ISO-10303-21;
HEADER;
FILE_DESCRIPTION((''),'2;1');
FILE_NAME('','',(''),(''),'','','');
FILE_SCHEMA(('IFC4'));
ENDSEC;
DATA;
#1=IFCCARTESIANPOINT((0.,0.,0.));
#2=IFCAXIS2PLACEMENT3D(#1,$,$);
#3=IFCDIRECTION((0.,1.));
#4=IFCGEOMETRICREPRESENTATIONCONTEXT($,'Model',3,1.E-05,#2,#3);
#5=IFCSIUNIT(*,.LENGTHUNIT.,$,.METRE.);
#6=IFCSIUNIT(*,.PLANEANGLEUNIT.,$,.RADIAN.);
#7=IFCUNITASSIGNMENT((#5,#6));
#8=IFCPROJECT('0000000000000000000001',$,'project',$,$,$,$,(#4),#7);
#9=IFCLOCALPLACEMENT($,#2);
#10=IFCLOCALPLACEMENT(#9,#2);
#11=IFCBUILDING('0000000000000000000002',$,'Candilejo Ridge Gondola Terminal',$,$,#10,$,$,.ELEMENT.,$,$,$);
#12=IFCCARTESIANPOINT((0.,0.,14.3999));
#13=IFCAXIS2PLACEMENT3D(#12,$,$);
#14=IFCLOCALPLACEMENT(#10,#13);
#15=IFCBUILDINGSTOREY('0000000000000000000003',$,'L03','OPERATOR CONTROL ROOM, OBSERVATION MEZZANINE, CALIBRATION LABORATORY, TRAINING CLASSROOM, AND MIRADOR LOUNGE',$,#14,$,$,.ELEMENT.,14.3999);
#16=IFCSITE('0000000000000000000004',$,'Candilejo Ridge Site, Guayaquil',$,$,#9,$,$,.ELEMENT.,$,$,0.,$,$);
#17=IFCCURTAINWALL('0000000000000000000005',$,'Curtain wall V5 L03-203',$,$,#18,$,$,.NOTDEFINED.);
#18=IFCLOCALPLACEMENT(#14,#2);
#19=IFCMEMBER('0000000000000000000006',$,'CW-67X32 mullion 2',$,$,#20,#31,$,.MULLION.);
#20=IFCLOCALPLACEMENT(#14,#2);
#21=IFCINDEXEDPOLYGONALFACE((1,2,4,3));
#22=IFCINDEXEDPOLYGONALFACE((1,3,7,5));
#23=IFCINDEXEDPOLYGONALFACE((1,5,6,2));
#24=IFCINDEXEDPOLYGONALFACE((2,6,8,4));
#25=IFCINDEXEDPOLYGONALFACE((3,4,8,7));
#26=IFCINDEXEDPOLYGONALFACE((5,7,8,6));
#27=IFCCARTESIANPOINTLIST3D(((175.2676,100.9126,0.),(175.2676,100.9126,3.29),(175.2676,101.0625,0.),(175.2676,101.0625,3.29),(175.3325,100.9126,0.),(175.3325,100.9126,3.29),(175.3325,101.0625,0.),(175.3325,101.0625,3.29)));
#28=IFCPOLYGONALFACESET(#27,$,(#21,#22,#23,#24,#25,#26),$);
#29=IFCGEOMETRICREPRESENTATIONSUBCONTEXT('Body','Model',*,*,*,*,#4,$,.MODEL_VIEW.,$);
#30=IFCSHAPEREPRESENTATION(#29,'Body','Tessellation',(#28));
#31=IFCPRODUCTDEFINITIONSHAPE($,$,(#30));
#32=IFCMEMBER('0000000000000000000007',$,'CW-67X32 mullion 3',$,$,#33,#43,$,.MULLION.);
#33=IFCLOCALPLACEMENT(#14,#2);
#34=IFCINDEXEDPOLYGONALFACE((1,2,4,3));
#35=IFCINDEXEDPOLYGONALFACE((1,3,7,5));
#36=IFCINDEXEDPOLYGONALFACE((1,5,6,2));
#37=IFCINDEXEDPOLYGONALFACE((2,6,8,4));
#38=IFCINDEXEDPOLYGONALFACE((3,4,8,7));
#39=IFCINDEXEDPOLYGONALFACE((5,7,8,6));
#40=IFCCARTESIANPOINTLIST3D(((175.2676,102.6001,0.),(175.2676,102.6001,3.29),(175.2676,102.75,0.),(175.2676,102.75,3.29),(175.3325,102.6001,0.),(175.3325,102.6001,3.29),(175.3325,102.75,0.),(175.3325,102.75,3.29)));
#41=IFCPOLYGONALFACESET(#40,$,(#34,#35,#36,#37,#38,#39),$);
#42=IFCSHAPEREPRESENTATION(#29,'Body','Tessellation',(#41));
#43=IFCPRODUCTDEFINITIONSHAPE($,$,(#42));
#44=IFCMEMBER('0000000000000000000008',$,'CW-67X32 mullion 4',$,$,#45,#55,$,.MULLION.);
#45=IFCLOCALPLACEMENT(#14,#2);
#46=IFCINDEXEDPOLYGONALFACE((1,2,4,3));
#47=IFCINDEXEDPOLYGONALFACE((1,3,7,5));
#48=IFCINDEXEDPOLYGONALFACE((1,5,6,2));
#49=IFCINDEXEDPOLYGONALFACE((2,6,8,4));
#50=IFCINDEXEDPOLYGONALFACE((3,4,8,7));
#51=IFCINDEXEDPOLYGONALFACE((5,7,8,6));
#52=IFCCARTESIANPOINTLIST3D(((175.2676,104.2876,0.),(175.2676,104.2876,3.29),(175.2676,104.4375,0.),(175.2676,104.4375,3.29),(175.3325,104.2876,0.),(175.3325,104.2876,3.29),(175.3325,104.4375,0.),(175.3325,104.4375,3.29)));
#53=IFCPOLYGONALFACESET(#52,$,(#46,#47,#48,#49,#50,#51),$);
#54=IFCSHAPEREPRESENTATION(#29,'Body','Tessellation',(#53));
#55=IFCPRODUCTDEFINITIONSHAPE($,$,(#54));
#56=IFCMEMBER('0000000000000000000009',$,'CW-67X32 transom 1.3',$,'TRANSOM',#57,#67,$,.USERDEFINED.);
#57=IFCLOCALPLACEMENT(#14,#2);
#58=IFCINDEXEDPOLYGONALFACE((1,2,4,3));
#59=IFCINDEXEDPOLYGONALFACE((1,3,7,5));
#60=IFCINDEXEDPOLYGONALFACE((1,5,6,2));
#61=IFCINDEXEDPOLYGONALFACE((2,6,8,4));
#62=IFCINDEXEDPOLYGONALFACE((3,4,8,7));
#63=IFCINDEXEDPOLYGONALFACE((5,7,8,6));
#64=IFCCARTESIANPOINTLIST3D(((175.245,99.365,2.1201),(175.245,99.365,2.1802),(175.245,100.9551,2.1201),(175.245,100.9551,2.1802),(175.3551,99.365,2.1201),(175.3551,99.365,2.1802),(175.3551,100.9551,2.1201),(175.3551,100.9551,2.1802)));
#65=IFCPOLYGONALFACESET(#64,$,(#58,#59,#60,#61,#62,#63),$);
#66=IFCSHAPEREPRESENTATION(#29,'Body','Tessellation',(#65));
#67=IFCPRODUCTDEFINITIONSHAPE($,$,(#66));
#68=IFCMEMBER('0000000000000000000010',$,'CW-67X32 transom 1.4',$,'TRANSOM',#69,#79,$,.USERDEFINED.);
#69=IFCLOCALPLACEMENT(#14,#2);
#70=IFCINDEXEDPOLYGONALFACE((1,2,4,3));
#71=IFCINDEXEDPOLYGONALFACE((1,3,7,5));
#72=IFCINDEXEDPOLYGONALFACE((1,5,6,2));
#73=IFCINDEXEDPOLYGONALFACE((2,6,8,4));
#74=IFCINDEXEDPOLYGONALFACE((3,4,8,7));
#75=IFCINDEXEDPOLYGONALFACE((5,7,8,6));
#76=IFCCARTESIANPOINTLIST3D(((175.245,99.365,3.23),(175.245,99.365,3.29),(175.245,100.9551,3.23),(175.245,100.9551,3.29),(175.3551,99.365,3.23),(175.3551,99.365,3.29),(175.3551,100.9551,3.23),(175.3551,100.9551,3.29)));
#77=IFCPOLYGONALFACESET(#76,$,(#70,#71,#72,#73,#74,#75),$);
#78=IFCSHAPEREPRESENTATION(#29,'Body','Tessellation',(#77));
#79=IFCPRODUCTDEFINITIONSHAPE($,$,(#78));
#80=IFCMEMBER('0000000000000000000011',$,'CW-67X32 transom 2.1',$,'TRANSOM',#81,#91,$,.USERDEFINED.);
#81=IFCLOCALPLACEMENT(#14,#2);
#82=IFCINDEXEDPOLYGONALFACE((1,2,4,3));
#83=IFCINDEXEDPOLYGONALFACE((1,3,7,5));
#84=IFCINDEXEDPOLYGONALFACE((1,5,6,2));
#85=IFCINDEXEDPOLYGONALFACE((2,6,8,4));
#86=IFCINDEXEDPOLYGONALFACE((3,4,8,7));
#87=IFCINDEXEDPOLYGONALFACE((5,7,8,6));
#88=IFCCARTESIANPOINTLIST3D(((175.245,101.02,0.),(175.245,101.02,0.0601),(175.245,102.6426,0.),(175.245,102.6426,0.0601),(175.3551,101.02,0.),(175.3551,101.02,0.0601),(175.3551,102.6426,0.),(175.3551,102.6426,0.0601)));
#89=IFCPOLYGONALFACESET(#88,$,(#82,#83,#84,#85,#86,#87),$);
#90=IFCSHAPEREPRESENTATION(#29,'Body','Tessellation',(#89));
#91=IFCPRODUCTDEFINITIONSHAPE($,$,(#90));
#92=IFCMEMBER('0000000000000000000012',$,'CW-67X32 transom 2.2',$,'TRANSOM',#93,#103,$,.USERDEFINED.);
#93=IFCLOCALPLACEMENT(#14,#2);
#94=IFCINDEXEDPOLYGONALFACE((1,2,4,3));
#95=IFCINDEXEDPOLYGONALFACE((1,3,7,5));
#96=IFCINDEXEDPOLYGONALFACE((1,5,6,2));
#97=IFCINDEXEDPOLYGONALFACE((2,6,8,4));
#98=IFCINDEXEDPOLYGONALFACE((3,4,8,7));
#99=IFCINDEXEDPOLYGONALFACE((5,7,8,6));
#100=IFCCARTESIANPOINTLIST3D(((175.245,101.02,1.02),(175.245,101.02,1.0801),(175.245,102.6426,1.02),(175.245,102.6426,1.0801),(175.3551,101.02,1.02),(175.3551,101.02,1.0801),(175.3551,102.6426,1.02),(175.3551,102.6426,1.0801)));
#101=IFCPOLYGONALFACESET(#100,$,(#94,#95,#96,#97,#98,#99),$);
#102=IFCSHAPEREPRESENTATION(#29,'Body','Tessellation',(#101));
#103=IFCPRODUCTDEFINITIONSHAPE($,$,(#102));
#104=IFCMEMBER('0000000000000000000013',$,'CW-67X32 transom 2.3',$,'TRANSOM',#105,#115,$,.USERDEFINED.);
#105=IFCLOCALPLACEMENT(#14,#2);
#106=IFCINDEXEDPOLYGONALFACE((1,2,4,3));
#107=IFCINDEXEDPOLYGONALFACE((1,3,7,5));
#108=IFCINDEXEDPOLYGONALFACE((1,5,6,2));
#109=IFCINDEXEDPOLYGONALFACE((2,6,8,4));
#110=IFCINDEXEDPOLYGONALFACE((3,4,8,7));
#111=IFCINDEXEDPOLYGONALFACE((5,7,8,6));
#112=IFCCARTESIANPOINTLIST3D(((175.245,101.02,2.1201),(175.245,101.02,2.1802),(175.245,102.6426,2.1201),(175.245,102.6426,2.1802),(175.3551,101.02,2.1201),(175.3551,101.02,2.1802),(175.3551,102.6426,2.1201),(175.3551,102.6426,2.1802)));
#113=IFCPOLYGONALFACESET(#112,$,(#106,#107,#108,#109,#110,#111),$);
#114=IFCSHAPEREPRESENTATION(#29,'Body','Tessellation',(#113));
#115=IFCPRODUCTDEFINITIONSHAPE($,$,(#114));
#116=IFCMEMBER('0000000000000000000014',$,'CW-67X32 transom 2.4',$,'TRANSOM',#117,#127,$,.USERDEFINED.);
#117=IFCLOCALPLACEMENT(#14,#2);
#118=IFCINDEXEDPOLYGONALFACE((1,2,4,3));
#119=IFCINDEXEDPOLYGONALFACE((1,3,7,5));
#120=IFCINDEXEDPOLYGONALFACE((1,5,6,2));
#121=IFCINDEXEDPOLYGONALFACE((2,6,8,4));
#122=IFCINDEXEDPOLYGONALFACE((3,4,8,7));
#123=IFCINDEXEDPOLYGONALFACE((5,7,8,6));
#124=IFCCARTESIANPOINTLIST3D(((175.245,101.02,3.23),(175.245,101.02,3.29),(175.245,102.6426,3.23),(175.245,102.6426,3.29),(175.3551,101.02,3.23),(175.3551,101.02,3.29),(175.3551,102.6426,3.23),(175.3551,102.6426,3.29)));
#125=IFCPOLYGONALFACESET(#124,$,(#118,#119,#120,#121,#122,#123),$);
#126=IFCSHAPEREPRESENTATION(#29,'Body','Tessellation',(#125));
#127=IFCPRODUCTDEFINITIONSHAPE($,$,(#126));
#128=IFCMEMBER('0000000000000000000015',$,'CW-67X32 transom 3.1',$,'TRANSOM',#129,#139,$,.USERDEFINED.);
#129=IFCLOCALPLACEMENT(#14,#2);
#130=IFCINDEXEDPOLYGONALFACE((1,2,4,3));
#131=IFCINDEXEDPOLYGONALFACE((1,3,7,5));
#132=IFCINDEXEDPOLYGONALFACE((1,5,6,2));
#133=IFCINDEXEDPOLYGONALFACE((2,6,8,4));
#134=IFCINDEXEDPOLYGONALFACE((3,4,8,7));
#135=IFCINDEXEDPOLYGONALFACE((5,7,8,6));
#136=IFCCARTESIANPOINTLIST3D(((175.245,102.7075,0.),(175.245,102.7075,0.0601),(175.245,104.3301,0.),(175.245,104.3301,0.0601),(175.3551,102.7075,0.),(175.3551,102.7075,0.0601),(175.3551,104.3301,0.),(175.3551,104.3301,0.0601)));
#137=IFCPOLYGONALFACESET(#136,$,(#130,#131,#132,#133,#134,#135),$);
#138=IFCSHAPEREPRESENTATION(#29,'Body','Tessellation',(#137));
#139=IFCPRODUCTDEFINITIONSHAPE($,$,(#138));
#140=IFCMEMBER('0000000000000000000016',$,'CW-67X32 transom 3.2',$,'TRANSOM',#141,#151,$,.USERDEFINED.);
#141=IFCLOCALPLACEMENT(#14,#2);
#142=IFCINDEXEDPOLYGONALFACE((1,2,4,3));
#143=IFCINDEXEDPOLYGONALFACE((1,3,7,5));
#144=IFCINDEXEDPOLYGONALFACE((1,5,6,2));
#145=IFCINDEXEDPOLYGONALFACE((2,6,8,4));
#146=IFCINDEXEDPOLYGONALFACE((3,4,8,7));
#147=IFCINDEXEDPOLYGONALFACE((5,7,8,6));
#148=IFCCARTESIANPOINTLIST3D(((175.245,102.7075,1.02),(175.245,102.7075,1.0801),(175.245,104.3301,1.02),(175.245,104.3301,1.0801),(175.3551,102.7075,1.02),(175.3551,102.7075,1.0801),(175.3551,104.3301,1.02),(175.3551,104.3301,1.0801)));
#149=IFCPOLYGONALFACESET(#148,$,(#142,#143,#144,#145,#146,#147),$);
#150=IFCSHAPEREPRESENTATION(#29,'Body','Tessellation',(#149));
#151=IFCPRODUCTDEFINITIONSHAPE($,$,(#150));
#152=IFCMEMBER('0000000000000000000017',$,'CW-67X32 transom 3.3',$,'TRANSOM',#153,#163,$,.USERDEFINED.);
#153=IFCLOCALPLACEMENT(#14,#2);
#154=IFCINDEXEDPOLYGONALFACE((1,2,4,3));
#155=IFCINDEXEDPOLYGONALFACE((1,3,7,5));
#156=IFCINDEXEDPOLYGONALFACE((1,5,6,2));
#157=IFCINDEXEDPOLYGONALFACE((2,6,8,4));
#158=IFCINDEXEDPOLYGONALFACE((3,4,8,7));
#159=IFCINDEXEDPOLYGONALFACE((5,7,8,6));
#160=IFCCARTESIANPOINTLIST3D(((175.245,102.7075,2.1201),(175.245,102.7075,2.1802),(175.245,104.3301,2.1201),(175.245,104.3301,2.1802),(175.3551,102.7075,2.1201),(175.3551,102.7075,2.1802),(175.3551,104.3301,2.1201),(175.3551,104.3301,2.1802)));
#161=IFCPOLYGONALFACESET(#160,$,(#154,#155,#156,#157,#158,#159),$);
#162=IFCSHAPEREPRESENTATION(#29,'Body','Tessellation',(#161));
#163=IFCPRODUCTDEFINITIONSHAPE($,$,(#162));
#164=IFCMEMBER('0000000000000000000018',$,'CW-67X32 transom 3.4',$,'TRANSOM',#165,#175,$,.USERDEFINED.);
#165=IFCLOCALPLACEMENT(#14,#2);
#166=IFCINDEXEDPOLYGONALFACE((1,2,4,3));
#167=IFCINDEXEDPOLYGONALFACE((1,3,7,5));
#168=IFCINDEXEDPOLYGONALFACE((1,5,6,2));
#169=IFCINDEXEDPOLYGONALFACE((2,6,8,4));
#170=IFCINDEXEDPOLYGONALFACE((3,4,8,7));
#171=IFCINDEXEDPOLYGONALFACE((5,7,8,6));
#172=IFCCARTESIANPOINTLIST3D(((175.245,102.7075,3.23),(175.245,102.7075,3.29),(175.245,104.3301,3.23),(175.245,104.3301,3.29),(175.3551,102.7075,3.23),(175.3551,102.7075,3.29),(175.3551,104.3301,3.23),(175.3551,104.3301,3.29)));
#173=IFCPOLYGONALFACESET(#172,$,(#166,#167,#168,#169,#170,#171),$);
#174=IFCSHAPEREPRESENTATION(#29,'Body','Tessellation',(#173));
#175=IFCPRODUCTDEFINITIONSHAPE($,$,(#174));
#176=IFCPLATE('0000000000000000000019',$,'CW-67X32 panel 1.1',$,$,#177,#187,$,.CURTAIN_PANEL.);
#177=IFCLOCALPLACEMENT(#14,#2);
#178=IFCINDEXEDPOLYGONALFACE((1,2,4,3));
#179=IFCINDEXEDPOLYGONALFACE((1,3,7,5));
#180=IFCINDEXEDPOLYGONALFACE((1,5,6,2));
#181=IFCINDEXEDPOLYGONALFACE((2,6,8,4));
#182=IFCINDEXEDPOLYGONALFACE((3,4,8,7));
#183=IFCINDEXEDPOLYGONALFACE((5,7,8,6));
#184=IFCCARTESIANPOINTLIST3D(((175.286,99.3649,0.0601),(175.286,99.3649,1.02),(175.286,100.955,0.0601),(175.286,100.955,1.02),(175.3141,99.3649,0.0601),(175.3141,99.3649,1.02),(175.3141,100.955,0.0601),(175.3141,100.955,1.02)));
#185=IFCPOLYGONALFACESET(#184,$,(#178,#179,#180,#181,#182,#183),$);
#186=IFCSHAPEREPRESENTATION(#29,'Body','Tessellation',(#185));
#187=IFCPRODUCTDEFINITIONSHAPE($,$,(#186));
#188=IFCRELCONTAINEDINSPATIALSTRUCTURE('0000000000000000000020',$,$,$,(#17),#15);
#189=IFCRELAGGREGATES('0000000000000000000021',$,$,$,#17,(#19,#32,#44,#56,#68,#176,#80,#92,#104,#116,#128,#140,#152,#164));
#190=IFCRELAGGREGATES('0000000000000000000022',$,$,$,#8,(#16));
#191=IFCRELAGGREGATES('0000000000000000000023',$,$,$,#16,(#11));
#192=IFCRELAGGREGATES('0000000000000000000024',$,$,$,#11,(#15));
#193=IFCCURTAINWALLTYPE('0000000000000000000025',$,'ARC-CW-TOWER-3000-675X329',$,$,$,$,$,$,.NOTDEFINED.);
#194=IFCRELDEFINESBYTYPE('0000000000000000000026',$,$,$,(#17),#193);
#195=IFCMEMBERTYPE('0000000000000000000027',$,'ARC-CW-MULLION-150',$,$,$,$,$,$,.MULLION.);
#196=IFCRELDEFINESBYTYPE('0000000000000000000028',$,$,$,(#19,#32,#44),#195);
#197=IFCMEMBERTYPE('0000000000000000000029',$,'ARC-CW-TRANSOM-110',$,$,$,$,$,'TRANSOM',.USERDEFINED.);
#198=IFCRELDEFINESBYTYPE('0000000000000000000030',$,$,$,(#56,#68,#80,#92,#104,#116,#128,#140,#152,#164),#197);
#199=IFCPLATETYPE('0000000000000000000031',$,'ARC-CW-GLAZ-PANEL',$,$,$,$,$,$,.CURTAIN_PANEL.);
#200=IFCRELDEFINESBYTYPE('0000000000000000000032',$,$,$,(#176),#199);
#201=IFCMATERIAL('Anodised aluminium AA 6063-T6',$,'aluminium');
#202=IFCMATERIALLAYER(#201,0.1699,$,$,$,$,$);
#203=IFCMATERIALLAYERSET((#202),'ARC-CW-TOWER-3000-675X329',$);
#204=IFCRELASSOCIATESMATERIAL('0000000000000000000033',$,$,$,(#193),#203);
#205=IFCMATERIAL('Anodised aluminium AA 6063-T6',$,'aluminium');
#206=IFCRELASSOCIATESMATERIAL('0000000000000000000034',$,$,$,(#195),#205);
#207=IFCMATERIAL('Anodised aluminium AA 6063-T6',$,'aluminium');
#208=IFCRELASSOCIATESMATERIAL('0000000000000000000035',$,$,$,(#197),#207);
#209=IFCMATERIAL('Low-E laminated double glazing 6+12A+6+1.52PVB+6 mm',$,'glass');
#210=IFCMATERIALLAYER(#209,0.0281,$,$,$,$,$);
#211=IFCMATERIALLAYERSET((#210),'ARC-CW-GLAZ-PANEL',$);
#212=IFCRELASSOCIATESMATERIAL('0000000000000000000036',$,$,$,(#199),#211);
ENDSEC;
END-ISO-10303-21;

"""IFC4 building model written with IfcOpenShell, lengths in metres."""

from ifc_helpers import new_model, si_unit, direction, frame, origin, origin_2d, place, context, subcontext, project, spatial, rectangle, extrude, material, layer, layer_set, material_profile, profile_set, type_object, element, aggregate, save


model = new_model("IFC4")

# Units and contexts
model_context = context("Model", 3, precision=1e-05, world=origin(), true_north=direction((0.0, 1.0)))
body_context = subcontext(model_context, "Body", "Model", "MODEL_VIEW")
ifc_project = project(units=[si_unit("LENGTHUNIT", "METRE"), si_unit("PLANEANGLEUNIT", "RADIAN")], contexts=[model_context])

# Site, building, storey
site_placement = place(None, origin())
site = spatial("IfcSite", under=ifc_project, at=site_placement, Name="Candilejo Ridge Site, Guayaquil", CompositionType="ELEMENT", RefElevation=0.0)
building_placement = place(site_placement, origin())
building = spatial("IfcBuilding", under=site, at=building_placement, Name="Candilejo Ridge Gondola Terminal", CompositionType="ELEMENT")
storey_placement = place(building_placement, frame((0.0, 0.0, 14.3999)))
storey = spatial("IfcBuildingStorey", under=building, at=storey_placement, Name="L03", Description="OPERATOR CONTROL ROOM, OBSERVATION MEZZANINE, CALIBRATION LABORATORY, TRAINING CLASSROOM, AND MIRADOR LOUNGE", CompositionType="ELEMENT", Elevation=14.3999)

# Curtain wall, members, plate
ifc_material_1 = material(Name="Anodised aluminium AA 6063-T6", Category="aluminium")
ifc_layer_1 = layer(ifc_material_1, 0.1699)
ifc_layer_set_1 = layer_set([ifc_layer_1], Name="ARC-CW-TOWER-3000-675X329")
curtain_wall_type = type_object("IfcCurtainWallType", Name="ARC-CW-TOWER-3000-675X329", PredefinedType="NOTDEFINED", material=ifc_layer_set_1)
curtain_wall_placement = place(storey_placement, origin())
curtain_wall = element("IfcCurtainWall", 1, at=curtain_wall_placement, inside=storey, type_object=curtain_wall_type, Name="Curtain wall V5 L03-203", PredefinedType="NOTDEFINED")
ifc_material_2 = material(Name="Anodised aluminium AA 6063-T6", Category="aluminium")
ifc_material_profile_1 = material_profile(ifc_material_2, rectangle(XDim=0.0649, YDim=0.1499, at=origin_2d()))
ifc_profile_set_1 = profile_set([ifc_material_profile_1], Name="Anodised aluminium AA 6063-T6")
member_type_1 = type_object("IfcMemberType", Name="ARC-CW-MULLION-150", PredefinedType="MULLION", material=ifc_profile_set_1)
member_1_placement = place(storey_placement, frame((175.3, 100.9875, 0.0), z_axis=(0.0, 0.0, 1.0), x_axis=(-1.0, 0.0, 0.0)))
member_1 = element("IfcMember", 2, at=member_1_placement, type_object=member_type_1, Name="CW-67X32 mullion 2", PredefinedType="MULLION", context=body_context, shape_type="SweptSolid", body=[
    extrude(rectangle(XDim=0.0649, YDim=0.1499, at=origin_2d()), origin(), (0.0, 0.0, 1.0), 3.29),
])
member_2_placement = place(storey_placement, frame((175.3, 102.675, 0.0), z_axis=(0.0, 0.0, 1.0), x_axis=(-1.0, 0.0, 0.0)))
member_2 = element("IfcMember", 3, at=member_2_placement, type_object=member_type_1, Name="CW-67X32 mullion 3", PredefinedType="MULLION", context=body_context, shape_type="SweptSolid", body=[
    extrude(rectangle(XDim=0.0649, YDim=0.1499, at=origin_2d()), origin(), (0.0, 0.0, 1.0), 3.29),
])
member_3_placement = place(storey_placement, frame((175.3, 104.3625, 0.0), z_axis=(0.0, 0.0, 1.0), x_axis=(-1.0, 0.0, 0.0)))
member_3 = element("IfcMember", 4, at=member_3_placement, type_object=member_type_1, Name="CW-67X32 mullion 4", PredefinedType="MULLION", context=body_context, shape_type="SweptSolid", body=[
    extrude(rectangle(XDim=0.0649, YDim=0.1499, at=origin_2d()), origin(), (0.0, 0.0, 1.0), 3.29),
])
ifc_material_3 = material(Name="Anodised aluminium AA 6063-T6", Category="aluminium")
ifc_material_profile_2 = material_profile(ifc_material_3, rectangle(XDim=0.1101, YDim=0.0601, at=origin_2d()))
ifc_profile_set_2 = profile_set([ifc_material_profile_2], Name="Anodised aluminium AA 6063-T6")
member_type_2 = type_object("IfcMemberType", Name="ARC-CW-TRANSOM-110", ElementType="TRANSOM", PredefinedType="USERDEFINED", material=ifc_profile_set_2)
member_4_placement = place(storey_placement, frame((175.3, 99.365, 2.1501), z_axis=(0.0, 1.0, 0.0), x_axis=(-1.0, 0.0, 0.0)))
member_4 = element("IfcMember", 5, at=member_4_placement, type_object=member_type_2, Name="CW-67X32 transom 1.3", ObjectType="TRANSOM", PredefinedType="USERDEFINED", context=body_context, shape_type="SweptSolid", body=[
    extrude(rectangle(XDim=0.1101, YDim=0.0601, at=origin_2d()), origin(), (0.0, 0.0, 1.0), 1.5901),
])
member_5_placement = place(storey_placement, frame((175.3, 99.365, 3.26), z_axis=(0.0, 1.0, 0.0), x_axis=(-1.0, 0.0, 0.0)))
member_5 = element("IfcMember", 6, at=member_5_placement, type_object=member_type_2, Name="CW-67X32 transom 1.4", ObjectType="TRANSOM", PredefinedType="USERDEFINED", context=body_context, shape_type="SweptSolid", body=[
    extrude(rectangle(XDim=0.1101, YDim=0.0601, at=origin_2d()), origin(), (0.0, 0.0, 1.0), 1.5901),
])
member_6_placement = place(storey_placement, frame((175.3, 101.02, 0.03), z_axis=(0.0, 1.0, 0.0), x_axis=(-1.0, 0.0, 0.0)))
member_6 = element("IfcMember", 7, at=member_6_placement, type_object=member_type_2, Name="CW-67X32 transom 2.1", ObjectType="TRANSOM", PredefinedType="USERDEFINED", context=body_context, shape_type="SweptSolid", body=[
    extrude(rectangle(XDim=0.1101, YDim=0.0601, at=origin_2d()), origin(), (0.0, 0.0, 1.0), 1.6226),
])
member_7_placement = place(storey_placement, frame((175.3, 101.02, 1.05), z_axis=(0.0, 1.0, 0.0), x_axis=(-1.0, 0.0, 0.0)))
member_7 = element("IfcMember", 8, at=member_7_placement, type_object=member_type_2, Name="CW-67X32 transom 2.2", ObjectType="TRANSOM", PredefinedType="USERDEFINED", context=body_context, shape_type="SweptSolid", body=[
    extrude(rectangle(XDim=0.1101, YDim=0.0601, at=origin_2d()), origin(), (0.0, 0.0, 1.0), 1.6226),
])
member_8_placement = place(storey_placement, frame((175.3, 101.02, 2.1501), z_axis=(0.0, 1.0, 0.0), x_axis=(-1.0, 0.0, 0.0)))
member_8 = element("IfcMember", 9, at=member_8_placement, type_object=member_type_2, Name="CW-67X32 transom 2.3", ObjectType="TRANSOM", PredefinedType="USERDEFINED", context=body_context, shape_type="SweptSolid", body=[
    extrude(rectangle(XDim=0.1101, YDim=0.0601, at=origin_2d()), origin(), (0.0, 0.0, 1.0), 1.6226),
])
member_9_placement = place(storey_placement, frame((175.3, 101.02, 3.26), z_axis=(0.0, 1.0, 0.0), x_axis=(-1.0, 0.0, 0.0)))
member_9 = element("IfcMember", 10, at=member_9_placement, type_object=member_type_2, Name="CW-67X32 transom 2.4", ObjectType="TRANSOM", PredefinedType="USERDEFINED", context=body_context, shape_type="SweptSolid", body=[
    extrude(rectangle(XDim=0.1101, YDim=0.0601, at=origin_2d()), origin(), (0.0, 0.0, 1.0), 1.6226),
])
member_10_placement = place(storey_placement, frame((175.3, 102.7075, 0.03), z_axis=(0.0, 1.0, 0.0), x_axis=(-1.0, 0.0, 0.0)))
member_10 = element("IfcMember", 11, at=member_10_placement, type_object=member_type_2, Name="CW-67X32 transom 3.1", ObjectType="TRANSOM", PredefinedType="USERDEFINED", context=body_context, shape_type="SweptSolid", body=[
    extrude(rectangle(XDim=0.1101, YDim=0.0601, at=origin_2d()), origin(), (0.0, 0.0, 1.0), 1.6226),
])
member_11_placement = place(storey_placement, frame((175.3, 102.7075, 1.05), z_axis=(0.0, 1.0, 0.0), x_axis=(-1.0, 0.0, 0.0)))
member_11 = element("IfcMember", 12, at=member_11_placement, type_object=member_type_2, Name="CW-67X32 transom 3.2", ObjectType="TRANSOM", PredefinedType="USERDEFINED", context=body_context, shape_type="SweptSolid", body=[
    extrude(rectangle(XDim=0.1101, YDim=0.0601, at=origin_2d()), origin(), (0.0, 0.0, 1.0), 1.6226),
])
member_12_placement = place(storey_placement, frame((175.3, 102.7075, 2.1501), z_axis=(0.0, 1.0, 0.0), x_axis=(-1.0, 0.0, 0.0)))
member_12 = element("IfcMember", 13, at=member_12_placement, type_object=member_type_2, Name="CW-67X32 transom 3.3", ObjectType="TRANSOM", PredefinedType="USERDEFINED", context=body_context, shape_type="SweptSolid", body=[
    extrude(rectangle(XDim=0.1101, YDim=0.0601, at=origin_2d()), origin(), (0.0, 0.0, 1.0), 1.6226),
])
member_13_placement = place(storey_placement, frame((175.3, 102.7075, 3.26), z_axis=(0.0, 1.0, 0.0), x_axis=(-1.0, 0.0, 0.0)))
member_13 = element("IfcMember", 14, at=member_13_placement, type_object=member_type_2, Name="CW-67X32 transom 3.4", ObjectType="TRANSOM", PredefinedType="USERDEFINED", context=body_context, shape_type="SweptSolid", body=[
    extrude(rectangle(XDim=0.1101, YDim=0.0601, at=origin_2d()), origin(), (0.0, 0.0, 1.0), 1.6226),
])
ifc_material_4 = material(Name="Low-E laminated double glazing 6+12A+6+1.52PVB+6 mm", Category="glass")
ifc_layer_2 = layer(ifc_material_4, 0.0281)
ifc_layer_set_2 = layer_set([ifc_layer_2], Name="ARC-CW-GLAZ-PANEL")
plate_type = type_object("IfcPlateType", Name="ARC-CW-GLAZ-PANEL", PredefinedType="CURTAIN_PANEL", material=ifc_layer_set_2)
plate_1_placement = place(storey_placement, frame((175.3, 100.1599, 0.0601), z_axis=(0.0, 0.0, 1.0), x_axis=(0.0, 1.0, 0.0)))
plate_1 = element("IfcPlate", 15, at=plate_1_placement, type_object=plate_type, Name="CW-67X32 panel 1.1", PredefinedType="CURTAIN_PANEL", context=body_context, shape_type="SweptSolid", body=[
    extrude(rectangle(XDim=1.5901, YDim=0.0281, at=origin_2d()), origin(), (0.0, 0.0, 1.0), 0.96),
])
aggregate(curtain_wall, [member_1, member_2, member_3, member_4, member_5, plate_1, member_6, member_7, member_8, member_9, member_10, member_11, member_12, member_13])

save(model, "model.ifc")
